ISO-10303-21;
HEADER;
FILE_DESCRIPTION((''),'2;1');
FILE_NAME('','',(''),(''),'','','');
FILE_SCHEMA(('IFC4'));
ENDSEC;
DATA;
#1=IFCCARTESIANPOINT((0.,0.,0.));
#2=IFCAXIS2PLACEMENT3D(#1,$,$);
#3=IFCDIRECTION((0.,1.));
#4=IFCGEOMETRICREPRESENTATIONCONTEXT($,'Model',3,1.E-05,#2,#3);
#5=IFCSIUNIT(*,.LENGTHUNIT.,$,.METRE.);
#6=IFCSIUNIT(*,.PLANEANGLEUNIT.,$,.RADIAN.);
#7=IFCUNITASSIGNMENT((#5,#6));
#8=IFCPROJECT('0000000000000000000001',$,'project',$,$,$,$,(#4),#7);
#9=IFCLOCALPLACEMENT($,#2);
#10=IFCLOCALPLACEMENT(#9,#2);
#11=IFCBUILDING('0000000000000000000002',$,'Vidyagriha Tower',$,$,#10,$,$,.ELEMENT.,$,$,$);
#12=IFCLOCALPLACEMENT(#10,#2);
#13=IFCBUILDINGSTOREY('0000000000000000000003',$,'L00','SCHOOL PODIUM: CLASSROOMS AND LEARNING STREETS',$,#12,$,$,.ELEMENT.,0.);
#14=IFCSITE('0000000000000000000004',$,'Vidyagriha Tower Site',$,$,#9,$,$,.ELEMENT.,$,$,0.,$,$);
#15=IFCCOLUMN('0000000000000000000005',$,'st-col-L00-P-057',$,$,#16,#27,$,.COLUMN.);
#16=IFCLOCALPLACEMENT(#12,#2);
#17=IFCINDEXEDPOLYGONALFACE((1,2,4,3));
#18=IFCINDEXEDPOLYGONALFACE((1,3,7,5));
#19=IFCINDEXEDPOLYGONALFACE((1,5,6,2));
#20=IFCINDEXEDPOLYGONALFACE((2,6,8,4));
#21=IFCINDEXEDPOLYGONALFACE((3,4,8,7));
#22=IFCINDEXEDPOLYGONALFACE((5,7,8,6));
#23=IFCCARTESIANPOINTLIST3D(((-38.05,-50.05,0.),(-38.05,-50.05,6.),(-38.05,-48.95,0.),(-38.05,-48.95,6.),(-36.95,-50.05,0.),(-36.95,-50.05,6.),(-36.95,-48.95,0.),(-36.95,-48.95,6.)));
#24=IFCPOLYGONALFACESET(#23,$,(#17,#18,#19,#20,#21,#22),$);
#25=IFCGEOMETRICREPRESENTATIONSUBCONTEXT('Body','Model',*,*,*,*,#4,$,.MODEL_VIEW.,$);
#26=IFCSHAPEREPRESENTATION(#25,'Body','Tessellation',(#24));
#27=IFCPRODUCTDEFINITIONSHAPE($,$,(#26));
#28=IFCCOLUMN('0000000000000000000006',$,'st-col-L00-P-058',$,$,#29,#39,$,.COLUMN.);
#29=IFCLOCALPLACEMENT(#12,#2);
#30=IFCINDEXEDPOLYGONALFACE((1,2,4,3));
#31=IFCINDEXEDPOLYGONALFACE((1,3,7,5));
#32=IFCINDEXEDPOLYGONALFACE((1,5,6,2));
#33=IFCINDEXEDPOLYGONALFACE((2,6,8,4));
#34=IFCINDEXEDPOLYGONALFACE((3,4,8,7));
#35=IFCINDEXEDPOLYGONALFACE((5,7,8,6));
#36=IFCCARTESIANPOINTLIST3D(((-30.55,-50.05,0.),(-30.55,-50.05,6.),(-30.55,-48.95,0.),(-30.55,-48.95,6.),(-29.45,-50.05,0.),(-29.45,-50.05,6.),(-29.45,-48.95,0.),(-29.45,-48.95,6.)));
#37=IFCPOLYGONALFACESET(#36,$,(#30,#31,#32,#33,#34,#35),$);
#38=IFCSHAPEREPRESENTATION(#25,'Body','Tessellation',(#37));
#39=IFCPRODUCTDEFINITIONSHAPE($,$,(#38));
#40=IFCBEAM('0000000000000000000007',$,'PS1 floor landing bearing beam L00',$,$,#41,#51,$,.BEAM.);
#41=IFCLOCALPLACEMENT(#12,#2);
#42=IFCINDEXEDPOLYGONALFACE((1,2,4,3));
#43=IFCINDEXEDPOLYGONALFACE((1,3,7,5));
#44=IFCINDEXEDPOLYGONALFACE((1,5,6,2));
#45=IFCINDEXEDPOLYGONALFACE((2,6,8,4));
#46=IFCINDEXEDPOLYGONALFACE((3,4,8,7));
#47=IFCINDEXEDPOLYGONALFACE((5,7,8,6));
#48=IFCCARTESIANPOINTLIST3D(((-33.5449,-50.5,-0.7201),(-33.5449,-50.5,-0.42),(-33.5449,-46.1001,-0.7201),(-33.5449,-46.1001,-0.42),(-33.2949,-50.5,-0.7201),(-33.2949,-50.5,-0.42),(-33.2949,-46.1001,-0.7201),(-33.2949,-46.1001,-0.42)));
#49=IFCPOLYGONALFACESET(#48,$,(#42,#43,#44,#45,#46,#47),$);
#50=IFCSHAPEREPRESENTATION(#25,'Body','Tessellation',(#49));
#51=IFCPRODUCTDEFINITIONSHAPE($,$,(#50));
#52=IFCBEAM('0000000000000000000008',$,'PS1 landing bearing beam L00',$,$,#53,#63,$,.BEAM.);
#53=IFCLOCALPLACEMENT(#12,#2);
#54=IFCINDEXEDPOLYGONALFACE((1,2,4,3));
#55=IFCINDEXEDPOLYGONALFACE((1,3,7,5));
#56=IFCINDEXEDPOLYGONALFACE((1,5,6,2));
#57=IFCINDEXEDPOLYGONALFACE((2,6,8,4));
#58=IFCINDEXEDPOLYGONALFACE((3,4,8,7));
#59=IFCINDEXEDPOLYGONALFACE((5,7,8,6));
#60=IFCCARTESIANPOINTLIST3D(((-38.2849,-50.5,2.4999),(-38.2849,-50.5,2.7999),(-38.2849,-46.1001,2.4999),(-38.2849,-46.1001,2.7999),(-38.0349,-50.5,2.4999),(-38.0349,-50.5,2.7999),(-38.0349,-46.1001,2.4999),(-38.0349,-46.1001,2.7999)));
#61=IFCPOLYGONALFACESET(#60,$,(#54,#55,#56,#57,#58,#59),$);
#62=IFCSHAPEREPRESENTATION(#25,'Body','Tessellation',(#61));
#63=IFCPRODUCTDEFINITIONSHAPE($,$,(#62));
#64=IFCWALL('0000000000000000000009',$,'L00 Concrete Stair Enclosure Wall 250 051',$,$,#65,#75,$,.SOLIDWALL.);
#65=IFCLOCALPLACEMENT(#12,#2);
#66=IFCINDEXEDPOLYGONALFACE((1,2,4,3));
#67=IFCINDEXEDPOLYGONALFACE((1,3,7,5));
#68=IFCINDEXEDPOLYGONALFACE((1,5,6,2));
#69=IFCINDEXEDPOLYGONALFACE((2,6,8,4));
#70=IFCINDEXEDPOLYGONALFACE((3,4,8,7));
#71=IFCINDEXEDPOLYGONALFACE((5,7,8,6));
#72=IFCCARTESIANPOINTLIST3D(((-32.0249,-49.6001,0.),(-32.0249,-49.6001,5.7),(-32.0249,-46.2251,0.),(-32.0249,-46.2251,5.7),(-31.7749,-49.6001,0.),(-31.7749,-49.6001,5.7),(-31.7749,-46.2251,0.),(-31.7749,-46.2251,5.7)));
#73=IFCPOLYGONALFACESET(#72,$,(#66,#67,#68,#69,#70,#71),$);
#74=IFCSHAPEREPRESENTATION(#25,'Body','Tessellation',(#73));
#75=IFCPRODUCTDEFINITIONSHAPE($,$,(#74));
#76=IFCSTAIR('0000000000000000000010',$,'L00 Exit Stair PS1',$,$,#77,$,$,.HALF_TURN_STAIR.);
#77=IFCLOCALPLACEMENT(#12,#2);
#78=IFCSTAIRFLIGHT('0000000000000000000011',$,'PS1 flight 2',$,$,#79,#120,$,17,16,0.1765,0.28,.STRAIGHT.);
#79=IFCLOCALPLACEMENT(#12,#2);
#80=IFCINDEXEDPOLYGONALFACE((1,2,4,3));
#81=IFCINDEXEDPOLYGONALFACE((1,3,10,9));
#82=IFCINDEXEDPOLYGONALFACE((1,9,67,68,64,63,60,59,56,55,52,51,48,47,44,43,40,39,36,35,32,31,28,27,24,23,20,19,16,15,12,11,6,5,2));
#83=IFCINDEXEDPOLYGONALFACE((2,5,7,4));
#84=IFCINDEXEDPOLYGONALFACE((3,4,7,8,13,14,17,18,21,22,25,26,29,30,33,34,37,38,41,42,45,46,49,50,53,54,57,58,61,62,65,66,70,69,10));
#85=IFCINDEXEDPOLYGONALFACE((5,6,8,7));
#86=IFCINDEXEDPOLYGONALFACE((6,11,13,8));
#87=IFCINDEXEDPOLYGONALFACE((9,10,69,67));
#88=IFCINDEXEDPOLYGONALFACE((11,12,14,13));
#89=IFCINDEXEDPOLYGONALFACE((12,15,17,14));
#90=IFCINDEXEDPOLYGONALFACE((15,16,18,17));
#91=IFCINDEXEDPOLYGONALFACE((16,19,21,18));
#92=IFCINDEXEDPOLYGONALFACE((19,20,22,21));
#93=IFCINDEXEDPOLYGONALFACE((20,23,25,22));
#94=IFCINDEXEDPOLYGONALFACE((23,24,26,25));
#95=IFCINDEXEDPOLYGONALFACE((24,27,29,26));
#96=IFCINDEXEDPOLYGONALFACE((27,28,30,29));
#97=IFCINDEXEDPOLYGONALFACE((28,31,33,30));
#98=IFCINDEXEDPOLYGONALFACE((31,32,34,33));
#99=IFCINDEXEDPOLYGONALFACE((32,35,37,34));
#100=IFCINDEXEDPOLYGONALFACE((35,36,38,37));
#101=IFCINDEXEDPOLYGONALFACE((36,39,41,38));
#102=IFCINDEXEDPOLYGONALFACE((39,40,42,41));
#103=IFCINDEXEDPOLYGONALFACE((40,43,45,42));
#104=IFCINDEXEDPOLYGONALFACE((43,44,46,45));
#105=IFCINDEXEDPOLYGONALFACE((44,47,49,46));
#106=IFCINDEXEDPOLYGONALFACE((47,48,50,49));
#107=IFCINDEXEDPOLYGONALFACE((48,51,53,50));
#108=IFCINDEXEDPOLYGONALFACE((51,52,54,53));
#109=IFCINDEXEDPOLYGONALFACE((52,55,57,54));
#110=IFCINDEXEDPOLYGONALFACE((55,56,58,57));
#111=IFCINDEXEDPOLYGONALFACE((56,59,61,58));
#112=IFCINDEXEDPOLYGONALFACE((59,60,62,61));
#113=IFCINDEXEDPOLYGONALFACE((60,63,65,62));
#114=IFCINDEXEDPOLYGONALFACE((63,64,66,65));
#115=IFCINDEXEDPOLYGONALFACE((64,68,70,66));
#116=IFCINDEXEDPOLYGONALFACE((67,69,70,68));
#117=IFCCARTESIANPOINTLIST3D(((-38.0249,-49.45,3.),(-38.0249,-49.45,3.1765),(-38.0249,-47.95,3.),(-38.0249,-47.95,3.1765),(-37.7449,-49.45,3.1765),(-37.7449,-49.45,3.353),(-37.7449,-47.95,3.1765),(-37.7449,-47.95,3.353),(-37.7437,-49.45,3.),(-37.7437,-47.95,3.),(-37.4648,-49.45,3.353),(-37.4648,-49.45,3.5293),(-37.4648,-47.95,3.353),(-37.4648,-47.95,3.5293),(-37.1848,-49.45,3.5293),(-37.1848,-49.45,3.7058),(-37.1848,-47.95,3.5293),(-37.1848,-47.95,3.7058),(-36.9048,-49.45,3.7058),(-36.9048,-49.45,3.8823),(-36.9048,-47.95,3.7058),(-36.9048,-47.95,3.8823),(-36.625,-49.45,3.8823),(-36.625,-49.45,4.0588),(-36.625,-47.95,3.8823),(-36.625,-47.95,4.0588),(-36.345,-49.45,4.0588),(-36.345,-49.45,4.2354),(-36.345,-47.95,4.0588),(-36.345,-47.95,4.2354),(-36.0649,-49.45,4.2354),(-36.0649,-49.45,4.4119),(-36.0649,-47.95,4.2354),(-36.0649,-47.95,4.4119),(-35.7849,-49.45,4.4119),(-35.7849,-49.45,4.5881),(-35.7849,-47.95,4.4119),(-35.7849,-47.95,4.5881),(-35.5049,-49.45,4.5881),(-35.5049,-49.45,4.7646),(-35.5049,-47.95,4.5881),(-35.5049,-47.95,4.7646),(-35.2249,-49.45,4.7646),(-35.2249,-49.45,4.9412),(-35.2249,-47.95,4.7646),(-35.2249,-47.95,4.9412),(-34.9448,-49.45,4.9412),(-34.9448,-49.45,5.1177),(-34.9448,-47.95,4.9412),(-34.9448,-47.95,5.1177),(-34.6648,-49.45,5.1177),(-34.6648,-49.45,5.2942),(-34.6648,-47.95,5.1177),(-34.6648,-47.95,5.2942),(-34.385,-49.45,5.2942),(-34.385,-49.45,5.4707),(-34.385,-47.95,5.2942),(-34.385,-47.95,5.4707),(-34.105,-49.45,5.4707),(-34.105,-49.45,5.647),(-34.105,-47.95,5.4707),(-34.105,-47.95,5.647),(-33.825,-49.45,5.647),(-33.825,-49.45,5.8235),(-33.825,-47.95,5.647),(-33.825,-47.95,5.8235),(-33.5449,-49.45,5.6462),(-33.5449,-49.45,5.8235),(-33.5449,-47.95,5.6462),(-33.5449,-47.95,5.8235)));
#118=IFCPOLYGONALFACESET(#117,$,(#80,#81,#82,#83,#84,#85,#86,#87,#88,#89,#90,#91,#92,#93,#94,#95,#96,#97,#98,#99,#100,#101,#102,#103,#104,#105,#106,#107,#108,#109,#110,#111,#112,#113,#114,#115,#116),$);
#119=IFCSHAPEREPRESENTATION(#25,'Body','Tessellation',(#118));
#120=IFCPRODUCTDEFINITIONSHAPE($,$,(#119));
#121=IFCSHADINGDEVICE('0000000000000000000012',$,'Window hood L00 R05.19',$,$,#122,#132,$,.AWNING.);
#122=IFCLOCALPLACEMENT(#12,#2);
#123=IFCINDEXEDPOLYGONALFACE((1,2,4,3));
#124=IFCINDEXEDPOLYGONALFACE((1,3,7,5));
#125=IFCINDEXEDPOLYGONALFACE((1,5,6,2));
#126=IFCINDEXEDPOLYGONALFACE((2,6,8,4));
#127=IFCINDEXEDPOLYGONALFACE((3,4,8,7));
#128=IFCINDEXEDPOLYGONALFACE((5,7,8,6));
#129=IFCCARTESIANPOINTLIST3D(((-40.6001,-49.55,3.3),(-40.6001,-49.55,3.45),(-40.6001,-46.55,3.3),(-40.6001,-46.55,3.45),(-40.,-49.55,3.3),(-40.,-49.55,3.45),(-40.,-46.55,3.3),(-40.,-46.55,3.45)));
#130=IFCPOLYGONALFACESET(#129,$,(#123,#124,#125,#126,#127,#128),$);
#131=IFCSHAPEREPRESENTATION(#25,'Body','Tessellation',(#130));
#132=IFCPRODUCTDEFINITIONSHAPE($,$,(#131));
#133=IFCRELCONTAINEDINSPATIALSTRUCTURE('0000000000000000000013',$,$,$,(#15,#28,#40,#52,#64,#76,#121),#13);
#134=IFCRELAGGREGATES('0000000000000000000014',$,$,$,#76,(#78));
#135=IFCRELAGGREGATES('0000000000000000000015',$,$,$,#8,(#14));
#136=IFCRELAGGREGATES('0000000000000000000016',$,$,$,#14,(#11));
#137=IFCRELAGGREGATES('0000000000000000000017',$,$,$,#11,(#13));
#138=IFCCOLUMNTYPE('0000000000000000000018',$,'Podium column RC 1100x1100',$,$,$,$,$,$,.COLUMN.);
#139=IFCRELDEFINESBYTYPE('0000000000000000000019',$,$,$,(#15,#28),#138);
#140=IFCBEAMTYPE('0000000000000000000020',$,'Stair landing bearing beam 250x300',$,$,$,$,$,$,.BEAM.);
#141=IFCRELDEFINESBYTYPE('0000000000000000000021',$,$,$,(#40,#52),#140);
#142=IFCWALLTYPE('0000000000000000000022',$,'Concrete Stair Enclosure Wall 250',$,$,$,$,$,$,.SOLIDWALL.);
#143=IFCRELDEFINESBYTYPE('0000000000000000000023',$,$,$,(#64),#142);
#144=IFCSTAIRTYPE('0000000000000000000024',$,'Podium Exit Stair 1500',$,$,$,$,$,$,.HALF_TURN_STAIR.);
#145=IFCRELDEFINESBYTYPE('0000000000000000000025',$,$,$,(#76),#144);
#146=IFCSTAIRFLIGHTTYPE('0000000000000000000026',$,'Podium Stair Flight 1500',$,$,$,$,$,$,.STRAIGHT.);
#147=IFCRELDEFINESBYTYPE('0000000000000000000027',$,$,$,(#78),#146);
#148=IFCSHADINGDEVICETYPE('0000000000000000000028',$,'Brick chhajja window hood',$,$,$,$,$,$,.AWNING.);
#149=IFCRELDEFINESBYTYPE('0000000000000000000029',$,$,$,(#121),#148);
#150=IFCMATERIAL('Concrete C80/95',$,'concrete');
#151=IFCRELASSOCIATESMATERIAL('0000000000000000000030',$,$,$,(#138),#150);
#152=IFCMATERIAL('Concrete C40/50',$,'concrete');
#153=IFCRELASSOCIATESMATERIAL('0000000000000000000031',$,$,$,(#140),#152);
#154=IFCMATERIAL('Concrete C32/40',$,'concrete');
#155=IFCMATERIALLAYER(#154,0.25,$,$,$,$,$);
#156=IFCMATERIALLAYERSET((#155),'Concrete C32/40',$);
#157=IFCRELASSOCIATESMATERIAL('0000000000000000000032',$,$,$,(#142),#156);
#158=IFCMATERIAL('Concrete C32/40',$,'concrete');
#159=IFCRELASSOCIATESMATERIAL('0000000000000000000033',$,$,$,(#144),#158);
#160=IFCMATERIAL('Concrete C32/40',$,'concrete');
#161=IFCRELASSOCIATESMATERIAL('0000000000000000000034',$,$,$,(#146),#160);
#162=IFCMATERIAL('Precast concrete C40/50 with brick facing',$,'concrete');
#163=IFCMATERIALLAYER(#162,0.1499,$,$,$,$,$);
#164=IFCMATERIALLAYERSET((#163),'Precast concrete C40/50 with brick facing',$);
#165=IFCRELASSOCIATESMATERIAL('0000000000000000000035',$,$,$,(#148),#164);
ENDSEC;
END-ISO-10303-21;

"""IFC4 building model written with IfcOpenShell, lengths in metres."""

from ifc_helpers import new_model, si_unit, direction, frame, frame_2d, origin, origin_2d, place, context, subcontext, project, spatial, polyline, rectangle, outline, extrude, material, layer, layer_set, material_profile, profile_set, type_object, element, aggregate, save


model = new_model("IFC4")

# Units and contexts
model_context = context("Model", 3, precision=1e-05, world=origin(), true_north=direction((0.0, 1.0)))
body_context = subcontext(model_context, "Body", "Model", "MODEL_VIEW")
ifc_project = project(units=[si_unit("LENGTHUNIT", "METRE"), si_unit("PLANEANGLEUNIT", "RADIAN")], contexts=[model_context])

# Site, building, storey
site_placement = place(None, origin())
site = spatial("IfcSite", under=ifc_project, at=site_placement, Name="Vidyagriha Tower Site", CompositionType="ELEMENT", RefElevation=0.0)
building_placement = place(site_placement, origin())
building = spatial("IfcBuilding", under=site, at=building_placement, Name="Vidyagriha Tower", CompositionType="ELEMENT")
storey_placement = place(building_placement, origin())
storey = spatial("IfcBuildingStorey", under=building, at=storey_placement, Name="L00", Description="SCHOOL PODIUM: CLASSROOMS AND LEARNING STREETS", CompositionType="ELEMENT", Elevation=0.0)

# Columns
ifc_material_1 = material(Name="Concrete C80/95", Category="concrete")
ifc_material_profile_1 = material_profile(ifc_material_1, rectangle(XDim=1.1001, YDim=1.1001, at=origin_2d()), Name="RC 1100x1100")
ifc_profile_set_1 = profile_set([ifc_material_profile_1], Name="Concrete C80/95")
column_type = type_object("IfcColumnType", Name="Podium column RC 1100x1100", PredefinedType="COLUMN", material=ifc_profile_set_1)
for number, where, name in (
    (1, (-37.5, -49.5, 0.0), "st-col-L00-P-057"),
    (2, (-30.0, -49.5, 0.0), "st-col-L00-P-058"),
):
    element("IfcColumn", number, at=place(storey_placement, frame(where)), inside=storey, type_object=column_type, Name=name, PredefinedType="COLUMN", context=body_context, shape_type="SweptSolid", body=[
        extrude(rectangle(XDim=1.1001, YDim=1.1001, at=origin_2d()), origin(), (0.0, 0.0, 1.0), 6.0),
    ])

# Beams
ifc_material_2 = material(Name="Concrete C40/50", Category="concrete")
ifc_material_profile_2 = material_profile(ifc_material_2, rectangle(XDim=0.25, YDim=0.3, at=origin_2d()), Name="Stair landing bearing beam 250x300")
ifc_profile_set_2 = profile_set([ifc_material_profile_2], Name="Concrete C40/50")
beam_type = type_object("IfcBeamType", Name="Stair landing bearing beam 250x300", PredefinedType="BEAM", material=ifc_profile_set_2)
for number, where, z_axis, x_axis, name in (
    (3, (-33.4199, -50.5, -0.5701), (0.0, 1.0, 0.0), (-1.0, 0.0, 0.0), "PS1 floor landing bearing beam L00"),
    (4, (-38.1599, -50.5, 2.6499), (0.0, 1.0, 0.0), (-1.0, 0.0, 0.0), "PS1 landing bearing beam L00"),
):
    element("IfcBeam", number, at=place(storey_placement, frame(where, z_axis=z_axis, x_axis=x_axis)), inside=storey, type_object=beam_type, Name=name, PredefinedType="BEAM", context=body_context, shape_type="SweptSolid", body=[
        extrude(rectangle(XDim=0.25, YDim=0.3, at=origin_2d()), origin(), (0.0, 0.0, 1.0), 4.3999),
    ])

# Wall
ifc_material_3 = material(Name="Concrete C32/40", Category="concrete")
ifc_layer_1 = layer(ifc_material_3, 0.25)
ifc_layer_set_1 = layer_set([ifc_layer_1], Name="Concrete C32/40")
wall_type_1 = type_object("IfcWallType", Name="Concrete Stair Enclosure Wall 250", PredefinedType="SOLIDWALL", material=ifc_layer_set_1)
wall_1_placement = place(storey_placement, frame((-31.8999, -49.6001, 0.0), z_axis=(0.0, 0.0, 1.0), x_axis=(0.0, 1.0, 0.0)))
element("IfcWall", 5, at=wall_1_placement, inside=storey, type_object=wall_type_1, Name="L00 Concrete Stair Enclosure Wall 250 051", PredefinedType="SOLIDWALL", context=body_context, shape_type="SweptSolid", body=[
    extrude(rectangle(XDim=3.375, YDim=0.25, at=frame_2d((1.6875, 0.0))), origin(), (0.0, 0.0, 1.0), 5.7),
])

# Stair, stair flight
ifc_material_4 = material(Name="Concrete C32/40", Category="concrete")
stair_type = type_object("IfcStairType", Name="Podium Exit Stair 1500", PredefinedType="HALF_TURN_STAIR", material=ifc_material_4)
stair_placement = place(storey_placement, origin())
stair = element("IfcStair", 6, at=stair_placement, inside=storey, type_object=stair_type, Name="L00 Exit Stair PS1", PredefinedType="HALF_TURN_STAIR")
ifc_material_5 = material(Name="Concrete C32/40", Category="concrete")
stair_flight_type = type_object("IfcStairFlightType", Name="Podium Stair Flight 1500", PredefinedType="STRAIGHT", material=ifc_material_5)
stair_flight_placement = place(storey_placement, frame((-38.0249, -48.7, 3.0)))
stair_flight = element("IfcStairFlight", 7, at=stair_flight_placement, type_object=stair_flight_type, Name="PS1 flight 2", NumberOfRisers=17, NumberOfTreads=16, PredefinedType="STRAIGHT", RiserHeight=0.1765, TreadLength=0.28, context=body_context, shape_type="SweptSolid", body=[
    extrude(outline(polyline([(0.0, 0.0), (0.0, 0.1765), (0.28, 0.1765), (0.28, 0.353), (0.5601, 0.353), (0.5601, 0.5293), (0.8401, 0.5293), (0.8401, 0.7058), (1.1201, 0.7058), (1.1201, 0.8823), (1.3999, 0.8823), (1.3999, 1.0588), (1.6799, 1.0588), (1.6799, 1.2354), (1.96, 1.2354), (1.96, 1.4119), (2.24, 1.4119), (2.24, 1.5881), (2.52, 1.5881), (2.52, 1.7646), (2.8, 1.7646), (2.8, 1.9412), (3.0801, 1.9412), (3.0801, 2.1177), (3.3601, 2.1177), (3.3601, 2.2942), (3.6399, 2.2942), (3.6399, 2.4707), (3.9199, 2.4707), (3.9199, 2.647), (4.2, 2.647), (4.2, 2.8235), (4.48, 2.8235), (4.48, 3.0), (4.48, 2.6462), (0.2812, 0.0), (0.0, 0.0)])), frame((0.0, 0.75, 0.0), z_axis=(0.0, -1.0, 0.0), x_axis=(1.0, 0.0, 0.0)), (0.0, 0.0, 1.0), 1.5),
])
aggregate(stair, [stair_flight])

# Shading device
ifc_material_6 = material(Name="Precast concrete C40/50 with brick facing", Category="concrete")
ifc_layer_2 = layer(ifc_material_6, 0.1499)
ifc_layer_set_2 = layer_set([ifc_layer_2], Name="Precast concrete C40/50 with brick facing")
shading_device_type = type_object("IfcShadingDeviceType", Name="Brick chhajja window hood", PredefinedType="AWNING", material=ifc_layer_set_2)
shading_device_placement = place(storey_placement, frame((-40.3, -48.05, 3.3), z_axis=(0.0, 0.0, 1.0), x_axis=(0.0, -1.0, 0.0)))
element("IfcShadingDevice", 8, at=shading_device_placement, inside=storey, type_object=shading_device_type, Name="Window hood L00 R05.19", PredefinedType="AWNING", context=body_context, shape_type="SweptSolid", body=[
    extrude(rectangle(XDim=3.0, YDim=0.6001, at=origin_2d()), origin(), (0.0, 0.0, 1.0), 0.1499),
])

save(model, "model.ifc")
